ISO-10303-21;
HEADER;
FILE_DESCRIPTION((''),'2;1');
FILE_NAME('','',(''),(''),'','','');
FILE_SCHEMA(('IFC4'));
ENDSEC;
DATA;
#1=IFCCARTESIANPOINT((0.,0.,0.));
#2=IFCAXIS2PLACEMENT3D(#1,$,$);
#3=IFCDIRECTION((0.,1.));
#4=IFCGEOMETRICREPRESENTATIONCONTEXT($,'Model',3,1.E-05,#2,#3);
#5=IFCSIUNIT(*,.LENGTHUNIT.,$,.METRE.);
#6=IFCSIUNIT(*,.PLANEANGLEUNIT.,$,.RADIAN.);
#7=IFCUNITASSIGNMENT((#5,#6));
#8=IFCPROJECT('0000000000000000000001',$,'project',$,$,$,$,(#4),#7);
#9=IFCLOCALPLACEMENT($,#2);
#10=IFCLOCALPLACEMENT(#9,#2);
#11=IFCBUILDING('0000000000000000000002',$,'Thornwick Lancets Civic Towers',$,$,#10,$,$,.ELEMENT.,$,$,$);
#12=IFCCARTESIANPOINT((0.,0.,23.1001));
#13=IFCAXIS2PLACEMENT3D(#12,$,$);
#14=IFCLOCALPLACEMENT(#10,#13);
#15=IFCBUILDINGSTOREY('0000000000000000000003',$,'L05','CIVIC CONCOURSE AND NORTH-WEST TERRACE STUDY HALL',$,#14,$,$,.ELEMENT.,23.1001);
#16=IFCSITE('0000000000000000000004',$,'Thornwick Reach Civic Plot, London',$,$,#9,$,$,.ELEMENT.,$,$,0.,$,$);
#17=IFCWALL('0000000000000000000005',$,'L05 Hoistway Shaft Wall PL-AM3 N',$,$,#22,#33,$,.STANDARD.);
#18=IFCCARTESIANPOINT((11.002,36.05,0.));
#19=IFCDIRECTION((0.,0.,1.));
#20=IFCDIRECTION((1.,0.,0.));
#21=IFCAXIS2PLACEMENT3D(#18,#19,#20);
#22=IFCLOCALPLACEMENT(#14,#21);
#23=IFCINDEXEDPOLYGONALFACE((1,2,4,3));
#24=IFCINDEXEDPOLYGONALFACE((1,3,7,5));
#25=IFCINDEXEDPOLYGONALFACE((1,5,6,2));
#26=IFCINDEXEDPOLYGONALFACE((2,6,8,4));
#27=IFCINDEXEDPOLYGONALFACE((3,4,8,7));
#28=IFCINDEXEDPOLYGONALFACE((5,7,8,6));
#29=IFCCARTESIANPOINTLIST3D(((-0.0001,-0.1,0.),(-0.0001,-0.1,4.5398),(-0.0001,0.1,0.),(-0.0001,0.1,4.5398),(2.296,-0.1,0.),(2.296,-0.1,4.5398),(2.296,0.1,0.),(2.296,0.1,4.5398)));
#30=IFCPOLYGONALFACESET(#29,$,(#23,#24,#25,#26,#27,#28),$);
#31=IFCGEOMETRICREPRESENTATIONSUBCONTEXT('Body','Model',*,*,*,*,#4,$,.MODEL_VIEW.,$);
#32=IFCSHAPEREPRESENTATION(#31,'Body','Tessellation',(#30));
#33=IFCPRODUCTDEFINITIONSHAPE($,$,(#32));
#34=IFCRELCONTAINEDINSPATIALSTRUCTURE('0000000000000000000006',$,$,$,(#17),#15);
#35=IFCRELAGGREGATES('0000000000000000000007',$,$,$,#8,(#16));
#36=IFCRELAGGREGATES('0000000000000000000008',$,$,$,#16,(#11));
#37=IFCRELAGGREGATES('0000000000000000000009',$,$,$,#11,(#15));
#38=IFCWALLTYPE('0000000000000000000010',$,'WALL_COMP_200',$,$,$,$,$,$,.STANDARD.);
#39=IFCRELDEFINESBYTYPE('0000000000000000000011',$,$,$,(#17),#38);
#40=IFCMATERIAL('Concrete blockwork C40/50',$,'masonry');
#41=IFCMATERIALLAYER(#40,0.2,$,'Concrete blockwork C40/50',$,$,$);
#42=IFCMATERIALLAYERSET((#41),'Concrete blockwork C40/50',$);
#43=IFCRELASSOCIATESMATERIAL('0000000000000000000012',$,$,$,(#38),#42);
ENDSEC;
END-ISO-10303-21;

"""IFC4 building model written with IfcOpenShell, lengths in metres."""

from ifc_helpers import new_model, si_unit, direction, frame, frame_2d, origin, place, context, subcontext, project, spatial, rectangle, extrude, material, layer, layer_set, type_object, element, save


model = new_model("IFC4")

# Units and contexts
model_context = context("Model", 3, precision=1e-05, world=origin(), true_north=direction((0.0, 1.0)))
body_context = subcontext(model_context, "Body", "Model", "MODEL_VIEW")
ifc_project = project(units=[si_unit("LENGTHUNIT", "METRE"), si_unit("PLANEANGLEUNIT", "RADIAN")], contexts=[model_context])

# Site, building, storey
site_placement = place(None, origin())
site = spatial("IfcSite", under=ifc_project, at=site_placement, Name="Thornwick Reach Civic Plot, London", CompositionType="ELEMENT", RefElevation=0.0)
building_placement = place(site_placement, origin())
building = spatial("IfcBuilding", under=site, at=building_placement, Name="Thornwick Lancets Civic Towers", CompositionType="ELEMENT")
storey_placement = place(building_placement, frame((0.0, 0.0, 23.1001)))
storey = spatial("IfcBuildingStorey", under=building, at=storey_placement, Name="L05", Description="CIVIC CONCOURSE AND NORTH-WEST TERRACE STUDY HALL", CompositionType="ELEMENT", Elevation=23.1001)

# Wall
ifc_material_1 = material(Name="Concrete blockwork C40/50", Category="masonry")
ifc_layer_1 = layer(ifc_material_1, 0.2, Name="Concrete blockwork C40/50")
ifc_layer_set_1 = layer_set([ifc_layer_1], Name="Concrete blockwork C40/50")
wall_type_1 = type_object("IfcWallType", Name="WALL_COMP_200", PredefinedType="STANDARD", material=ifc_layer_set_1)
wall_1_placement = place(storey_placement, frame((11.002, 36.05, 0.0), z_axis=(0.0, 0.0, 1.0), x_axis=(1.0, 0.0, 0.0)))
element("IfcWall", 1, at=wall_1_placement, inside=storey, type_object=wall_type_1, Name="L05 Hoistway Shaft Wall PL-AM3 N", PredefinedType="STANDARD", context=body_context, shape_type="SweptSolid", body=[
    extrude(rectangle(XDim=2.2961, YDim=0.2, at=frame_2d((1.1479, 0.0))), origin(), (0.0, 0.0, 1.0), 4.5398),
])

save(model, "model.ifc")
